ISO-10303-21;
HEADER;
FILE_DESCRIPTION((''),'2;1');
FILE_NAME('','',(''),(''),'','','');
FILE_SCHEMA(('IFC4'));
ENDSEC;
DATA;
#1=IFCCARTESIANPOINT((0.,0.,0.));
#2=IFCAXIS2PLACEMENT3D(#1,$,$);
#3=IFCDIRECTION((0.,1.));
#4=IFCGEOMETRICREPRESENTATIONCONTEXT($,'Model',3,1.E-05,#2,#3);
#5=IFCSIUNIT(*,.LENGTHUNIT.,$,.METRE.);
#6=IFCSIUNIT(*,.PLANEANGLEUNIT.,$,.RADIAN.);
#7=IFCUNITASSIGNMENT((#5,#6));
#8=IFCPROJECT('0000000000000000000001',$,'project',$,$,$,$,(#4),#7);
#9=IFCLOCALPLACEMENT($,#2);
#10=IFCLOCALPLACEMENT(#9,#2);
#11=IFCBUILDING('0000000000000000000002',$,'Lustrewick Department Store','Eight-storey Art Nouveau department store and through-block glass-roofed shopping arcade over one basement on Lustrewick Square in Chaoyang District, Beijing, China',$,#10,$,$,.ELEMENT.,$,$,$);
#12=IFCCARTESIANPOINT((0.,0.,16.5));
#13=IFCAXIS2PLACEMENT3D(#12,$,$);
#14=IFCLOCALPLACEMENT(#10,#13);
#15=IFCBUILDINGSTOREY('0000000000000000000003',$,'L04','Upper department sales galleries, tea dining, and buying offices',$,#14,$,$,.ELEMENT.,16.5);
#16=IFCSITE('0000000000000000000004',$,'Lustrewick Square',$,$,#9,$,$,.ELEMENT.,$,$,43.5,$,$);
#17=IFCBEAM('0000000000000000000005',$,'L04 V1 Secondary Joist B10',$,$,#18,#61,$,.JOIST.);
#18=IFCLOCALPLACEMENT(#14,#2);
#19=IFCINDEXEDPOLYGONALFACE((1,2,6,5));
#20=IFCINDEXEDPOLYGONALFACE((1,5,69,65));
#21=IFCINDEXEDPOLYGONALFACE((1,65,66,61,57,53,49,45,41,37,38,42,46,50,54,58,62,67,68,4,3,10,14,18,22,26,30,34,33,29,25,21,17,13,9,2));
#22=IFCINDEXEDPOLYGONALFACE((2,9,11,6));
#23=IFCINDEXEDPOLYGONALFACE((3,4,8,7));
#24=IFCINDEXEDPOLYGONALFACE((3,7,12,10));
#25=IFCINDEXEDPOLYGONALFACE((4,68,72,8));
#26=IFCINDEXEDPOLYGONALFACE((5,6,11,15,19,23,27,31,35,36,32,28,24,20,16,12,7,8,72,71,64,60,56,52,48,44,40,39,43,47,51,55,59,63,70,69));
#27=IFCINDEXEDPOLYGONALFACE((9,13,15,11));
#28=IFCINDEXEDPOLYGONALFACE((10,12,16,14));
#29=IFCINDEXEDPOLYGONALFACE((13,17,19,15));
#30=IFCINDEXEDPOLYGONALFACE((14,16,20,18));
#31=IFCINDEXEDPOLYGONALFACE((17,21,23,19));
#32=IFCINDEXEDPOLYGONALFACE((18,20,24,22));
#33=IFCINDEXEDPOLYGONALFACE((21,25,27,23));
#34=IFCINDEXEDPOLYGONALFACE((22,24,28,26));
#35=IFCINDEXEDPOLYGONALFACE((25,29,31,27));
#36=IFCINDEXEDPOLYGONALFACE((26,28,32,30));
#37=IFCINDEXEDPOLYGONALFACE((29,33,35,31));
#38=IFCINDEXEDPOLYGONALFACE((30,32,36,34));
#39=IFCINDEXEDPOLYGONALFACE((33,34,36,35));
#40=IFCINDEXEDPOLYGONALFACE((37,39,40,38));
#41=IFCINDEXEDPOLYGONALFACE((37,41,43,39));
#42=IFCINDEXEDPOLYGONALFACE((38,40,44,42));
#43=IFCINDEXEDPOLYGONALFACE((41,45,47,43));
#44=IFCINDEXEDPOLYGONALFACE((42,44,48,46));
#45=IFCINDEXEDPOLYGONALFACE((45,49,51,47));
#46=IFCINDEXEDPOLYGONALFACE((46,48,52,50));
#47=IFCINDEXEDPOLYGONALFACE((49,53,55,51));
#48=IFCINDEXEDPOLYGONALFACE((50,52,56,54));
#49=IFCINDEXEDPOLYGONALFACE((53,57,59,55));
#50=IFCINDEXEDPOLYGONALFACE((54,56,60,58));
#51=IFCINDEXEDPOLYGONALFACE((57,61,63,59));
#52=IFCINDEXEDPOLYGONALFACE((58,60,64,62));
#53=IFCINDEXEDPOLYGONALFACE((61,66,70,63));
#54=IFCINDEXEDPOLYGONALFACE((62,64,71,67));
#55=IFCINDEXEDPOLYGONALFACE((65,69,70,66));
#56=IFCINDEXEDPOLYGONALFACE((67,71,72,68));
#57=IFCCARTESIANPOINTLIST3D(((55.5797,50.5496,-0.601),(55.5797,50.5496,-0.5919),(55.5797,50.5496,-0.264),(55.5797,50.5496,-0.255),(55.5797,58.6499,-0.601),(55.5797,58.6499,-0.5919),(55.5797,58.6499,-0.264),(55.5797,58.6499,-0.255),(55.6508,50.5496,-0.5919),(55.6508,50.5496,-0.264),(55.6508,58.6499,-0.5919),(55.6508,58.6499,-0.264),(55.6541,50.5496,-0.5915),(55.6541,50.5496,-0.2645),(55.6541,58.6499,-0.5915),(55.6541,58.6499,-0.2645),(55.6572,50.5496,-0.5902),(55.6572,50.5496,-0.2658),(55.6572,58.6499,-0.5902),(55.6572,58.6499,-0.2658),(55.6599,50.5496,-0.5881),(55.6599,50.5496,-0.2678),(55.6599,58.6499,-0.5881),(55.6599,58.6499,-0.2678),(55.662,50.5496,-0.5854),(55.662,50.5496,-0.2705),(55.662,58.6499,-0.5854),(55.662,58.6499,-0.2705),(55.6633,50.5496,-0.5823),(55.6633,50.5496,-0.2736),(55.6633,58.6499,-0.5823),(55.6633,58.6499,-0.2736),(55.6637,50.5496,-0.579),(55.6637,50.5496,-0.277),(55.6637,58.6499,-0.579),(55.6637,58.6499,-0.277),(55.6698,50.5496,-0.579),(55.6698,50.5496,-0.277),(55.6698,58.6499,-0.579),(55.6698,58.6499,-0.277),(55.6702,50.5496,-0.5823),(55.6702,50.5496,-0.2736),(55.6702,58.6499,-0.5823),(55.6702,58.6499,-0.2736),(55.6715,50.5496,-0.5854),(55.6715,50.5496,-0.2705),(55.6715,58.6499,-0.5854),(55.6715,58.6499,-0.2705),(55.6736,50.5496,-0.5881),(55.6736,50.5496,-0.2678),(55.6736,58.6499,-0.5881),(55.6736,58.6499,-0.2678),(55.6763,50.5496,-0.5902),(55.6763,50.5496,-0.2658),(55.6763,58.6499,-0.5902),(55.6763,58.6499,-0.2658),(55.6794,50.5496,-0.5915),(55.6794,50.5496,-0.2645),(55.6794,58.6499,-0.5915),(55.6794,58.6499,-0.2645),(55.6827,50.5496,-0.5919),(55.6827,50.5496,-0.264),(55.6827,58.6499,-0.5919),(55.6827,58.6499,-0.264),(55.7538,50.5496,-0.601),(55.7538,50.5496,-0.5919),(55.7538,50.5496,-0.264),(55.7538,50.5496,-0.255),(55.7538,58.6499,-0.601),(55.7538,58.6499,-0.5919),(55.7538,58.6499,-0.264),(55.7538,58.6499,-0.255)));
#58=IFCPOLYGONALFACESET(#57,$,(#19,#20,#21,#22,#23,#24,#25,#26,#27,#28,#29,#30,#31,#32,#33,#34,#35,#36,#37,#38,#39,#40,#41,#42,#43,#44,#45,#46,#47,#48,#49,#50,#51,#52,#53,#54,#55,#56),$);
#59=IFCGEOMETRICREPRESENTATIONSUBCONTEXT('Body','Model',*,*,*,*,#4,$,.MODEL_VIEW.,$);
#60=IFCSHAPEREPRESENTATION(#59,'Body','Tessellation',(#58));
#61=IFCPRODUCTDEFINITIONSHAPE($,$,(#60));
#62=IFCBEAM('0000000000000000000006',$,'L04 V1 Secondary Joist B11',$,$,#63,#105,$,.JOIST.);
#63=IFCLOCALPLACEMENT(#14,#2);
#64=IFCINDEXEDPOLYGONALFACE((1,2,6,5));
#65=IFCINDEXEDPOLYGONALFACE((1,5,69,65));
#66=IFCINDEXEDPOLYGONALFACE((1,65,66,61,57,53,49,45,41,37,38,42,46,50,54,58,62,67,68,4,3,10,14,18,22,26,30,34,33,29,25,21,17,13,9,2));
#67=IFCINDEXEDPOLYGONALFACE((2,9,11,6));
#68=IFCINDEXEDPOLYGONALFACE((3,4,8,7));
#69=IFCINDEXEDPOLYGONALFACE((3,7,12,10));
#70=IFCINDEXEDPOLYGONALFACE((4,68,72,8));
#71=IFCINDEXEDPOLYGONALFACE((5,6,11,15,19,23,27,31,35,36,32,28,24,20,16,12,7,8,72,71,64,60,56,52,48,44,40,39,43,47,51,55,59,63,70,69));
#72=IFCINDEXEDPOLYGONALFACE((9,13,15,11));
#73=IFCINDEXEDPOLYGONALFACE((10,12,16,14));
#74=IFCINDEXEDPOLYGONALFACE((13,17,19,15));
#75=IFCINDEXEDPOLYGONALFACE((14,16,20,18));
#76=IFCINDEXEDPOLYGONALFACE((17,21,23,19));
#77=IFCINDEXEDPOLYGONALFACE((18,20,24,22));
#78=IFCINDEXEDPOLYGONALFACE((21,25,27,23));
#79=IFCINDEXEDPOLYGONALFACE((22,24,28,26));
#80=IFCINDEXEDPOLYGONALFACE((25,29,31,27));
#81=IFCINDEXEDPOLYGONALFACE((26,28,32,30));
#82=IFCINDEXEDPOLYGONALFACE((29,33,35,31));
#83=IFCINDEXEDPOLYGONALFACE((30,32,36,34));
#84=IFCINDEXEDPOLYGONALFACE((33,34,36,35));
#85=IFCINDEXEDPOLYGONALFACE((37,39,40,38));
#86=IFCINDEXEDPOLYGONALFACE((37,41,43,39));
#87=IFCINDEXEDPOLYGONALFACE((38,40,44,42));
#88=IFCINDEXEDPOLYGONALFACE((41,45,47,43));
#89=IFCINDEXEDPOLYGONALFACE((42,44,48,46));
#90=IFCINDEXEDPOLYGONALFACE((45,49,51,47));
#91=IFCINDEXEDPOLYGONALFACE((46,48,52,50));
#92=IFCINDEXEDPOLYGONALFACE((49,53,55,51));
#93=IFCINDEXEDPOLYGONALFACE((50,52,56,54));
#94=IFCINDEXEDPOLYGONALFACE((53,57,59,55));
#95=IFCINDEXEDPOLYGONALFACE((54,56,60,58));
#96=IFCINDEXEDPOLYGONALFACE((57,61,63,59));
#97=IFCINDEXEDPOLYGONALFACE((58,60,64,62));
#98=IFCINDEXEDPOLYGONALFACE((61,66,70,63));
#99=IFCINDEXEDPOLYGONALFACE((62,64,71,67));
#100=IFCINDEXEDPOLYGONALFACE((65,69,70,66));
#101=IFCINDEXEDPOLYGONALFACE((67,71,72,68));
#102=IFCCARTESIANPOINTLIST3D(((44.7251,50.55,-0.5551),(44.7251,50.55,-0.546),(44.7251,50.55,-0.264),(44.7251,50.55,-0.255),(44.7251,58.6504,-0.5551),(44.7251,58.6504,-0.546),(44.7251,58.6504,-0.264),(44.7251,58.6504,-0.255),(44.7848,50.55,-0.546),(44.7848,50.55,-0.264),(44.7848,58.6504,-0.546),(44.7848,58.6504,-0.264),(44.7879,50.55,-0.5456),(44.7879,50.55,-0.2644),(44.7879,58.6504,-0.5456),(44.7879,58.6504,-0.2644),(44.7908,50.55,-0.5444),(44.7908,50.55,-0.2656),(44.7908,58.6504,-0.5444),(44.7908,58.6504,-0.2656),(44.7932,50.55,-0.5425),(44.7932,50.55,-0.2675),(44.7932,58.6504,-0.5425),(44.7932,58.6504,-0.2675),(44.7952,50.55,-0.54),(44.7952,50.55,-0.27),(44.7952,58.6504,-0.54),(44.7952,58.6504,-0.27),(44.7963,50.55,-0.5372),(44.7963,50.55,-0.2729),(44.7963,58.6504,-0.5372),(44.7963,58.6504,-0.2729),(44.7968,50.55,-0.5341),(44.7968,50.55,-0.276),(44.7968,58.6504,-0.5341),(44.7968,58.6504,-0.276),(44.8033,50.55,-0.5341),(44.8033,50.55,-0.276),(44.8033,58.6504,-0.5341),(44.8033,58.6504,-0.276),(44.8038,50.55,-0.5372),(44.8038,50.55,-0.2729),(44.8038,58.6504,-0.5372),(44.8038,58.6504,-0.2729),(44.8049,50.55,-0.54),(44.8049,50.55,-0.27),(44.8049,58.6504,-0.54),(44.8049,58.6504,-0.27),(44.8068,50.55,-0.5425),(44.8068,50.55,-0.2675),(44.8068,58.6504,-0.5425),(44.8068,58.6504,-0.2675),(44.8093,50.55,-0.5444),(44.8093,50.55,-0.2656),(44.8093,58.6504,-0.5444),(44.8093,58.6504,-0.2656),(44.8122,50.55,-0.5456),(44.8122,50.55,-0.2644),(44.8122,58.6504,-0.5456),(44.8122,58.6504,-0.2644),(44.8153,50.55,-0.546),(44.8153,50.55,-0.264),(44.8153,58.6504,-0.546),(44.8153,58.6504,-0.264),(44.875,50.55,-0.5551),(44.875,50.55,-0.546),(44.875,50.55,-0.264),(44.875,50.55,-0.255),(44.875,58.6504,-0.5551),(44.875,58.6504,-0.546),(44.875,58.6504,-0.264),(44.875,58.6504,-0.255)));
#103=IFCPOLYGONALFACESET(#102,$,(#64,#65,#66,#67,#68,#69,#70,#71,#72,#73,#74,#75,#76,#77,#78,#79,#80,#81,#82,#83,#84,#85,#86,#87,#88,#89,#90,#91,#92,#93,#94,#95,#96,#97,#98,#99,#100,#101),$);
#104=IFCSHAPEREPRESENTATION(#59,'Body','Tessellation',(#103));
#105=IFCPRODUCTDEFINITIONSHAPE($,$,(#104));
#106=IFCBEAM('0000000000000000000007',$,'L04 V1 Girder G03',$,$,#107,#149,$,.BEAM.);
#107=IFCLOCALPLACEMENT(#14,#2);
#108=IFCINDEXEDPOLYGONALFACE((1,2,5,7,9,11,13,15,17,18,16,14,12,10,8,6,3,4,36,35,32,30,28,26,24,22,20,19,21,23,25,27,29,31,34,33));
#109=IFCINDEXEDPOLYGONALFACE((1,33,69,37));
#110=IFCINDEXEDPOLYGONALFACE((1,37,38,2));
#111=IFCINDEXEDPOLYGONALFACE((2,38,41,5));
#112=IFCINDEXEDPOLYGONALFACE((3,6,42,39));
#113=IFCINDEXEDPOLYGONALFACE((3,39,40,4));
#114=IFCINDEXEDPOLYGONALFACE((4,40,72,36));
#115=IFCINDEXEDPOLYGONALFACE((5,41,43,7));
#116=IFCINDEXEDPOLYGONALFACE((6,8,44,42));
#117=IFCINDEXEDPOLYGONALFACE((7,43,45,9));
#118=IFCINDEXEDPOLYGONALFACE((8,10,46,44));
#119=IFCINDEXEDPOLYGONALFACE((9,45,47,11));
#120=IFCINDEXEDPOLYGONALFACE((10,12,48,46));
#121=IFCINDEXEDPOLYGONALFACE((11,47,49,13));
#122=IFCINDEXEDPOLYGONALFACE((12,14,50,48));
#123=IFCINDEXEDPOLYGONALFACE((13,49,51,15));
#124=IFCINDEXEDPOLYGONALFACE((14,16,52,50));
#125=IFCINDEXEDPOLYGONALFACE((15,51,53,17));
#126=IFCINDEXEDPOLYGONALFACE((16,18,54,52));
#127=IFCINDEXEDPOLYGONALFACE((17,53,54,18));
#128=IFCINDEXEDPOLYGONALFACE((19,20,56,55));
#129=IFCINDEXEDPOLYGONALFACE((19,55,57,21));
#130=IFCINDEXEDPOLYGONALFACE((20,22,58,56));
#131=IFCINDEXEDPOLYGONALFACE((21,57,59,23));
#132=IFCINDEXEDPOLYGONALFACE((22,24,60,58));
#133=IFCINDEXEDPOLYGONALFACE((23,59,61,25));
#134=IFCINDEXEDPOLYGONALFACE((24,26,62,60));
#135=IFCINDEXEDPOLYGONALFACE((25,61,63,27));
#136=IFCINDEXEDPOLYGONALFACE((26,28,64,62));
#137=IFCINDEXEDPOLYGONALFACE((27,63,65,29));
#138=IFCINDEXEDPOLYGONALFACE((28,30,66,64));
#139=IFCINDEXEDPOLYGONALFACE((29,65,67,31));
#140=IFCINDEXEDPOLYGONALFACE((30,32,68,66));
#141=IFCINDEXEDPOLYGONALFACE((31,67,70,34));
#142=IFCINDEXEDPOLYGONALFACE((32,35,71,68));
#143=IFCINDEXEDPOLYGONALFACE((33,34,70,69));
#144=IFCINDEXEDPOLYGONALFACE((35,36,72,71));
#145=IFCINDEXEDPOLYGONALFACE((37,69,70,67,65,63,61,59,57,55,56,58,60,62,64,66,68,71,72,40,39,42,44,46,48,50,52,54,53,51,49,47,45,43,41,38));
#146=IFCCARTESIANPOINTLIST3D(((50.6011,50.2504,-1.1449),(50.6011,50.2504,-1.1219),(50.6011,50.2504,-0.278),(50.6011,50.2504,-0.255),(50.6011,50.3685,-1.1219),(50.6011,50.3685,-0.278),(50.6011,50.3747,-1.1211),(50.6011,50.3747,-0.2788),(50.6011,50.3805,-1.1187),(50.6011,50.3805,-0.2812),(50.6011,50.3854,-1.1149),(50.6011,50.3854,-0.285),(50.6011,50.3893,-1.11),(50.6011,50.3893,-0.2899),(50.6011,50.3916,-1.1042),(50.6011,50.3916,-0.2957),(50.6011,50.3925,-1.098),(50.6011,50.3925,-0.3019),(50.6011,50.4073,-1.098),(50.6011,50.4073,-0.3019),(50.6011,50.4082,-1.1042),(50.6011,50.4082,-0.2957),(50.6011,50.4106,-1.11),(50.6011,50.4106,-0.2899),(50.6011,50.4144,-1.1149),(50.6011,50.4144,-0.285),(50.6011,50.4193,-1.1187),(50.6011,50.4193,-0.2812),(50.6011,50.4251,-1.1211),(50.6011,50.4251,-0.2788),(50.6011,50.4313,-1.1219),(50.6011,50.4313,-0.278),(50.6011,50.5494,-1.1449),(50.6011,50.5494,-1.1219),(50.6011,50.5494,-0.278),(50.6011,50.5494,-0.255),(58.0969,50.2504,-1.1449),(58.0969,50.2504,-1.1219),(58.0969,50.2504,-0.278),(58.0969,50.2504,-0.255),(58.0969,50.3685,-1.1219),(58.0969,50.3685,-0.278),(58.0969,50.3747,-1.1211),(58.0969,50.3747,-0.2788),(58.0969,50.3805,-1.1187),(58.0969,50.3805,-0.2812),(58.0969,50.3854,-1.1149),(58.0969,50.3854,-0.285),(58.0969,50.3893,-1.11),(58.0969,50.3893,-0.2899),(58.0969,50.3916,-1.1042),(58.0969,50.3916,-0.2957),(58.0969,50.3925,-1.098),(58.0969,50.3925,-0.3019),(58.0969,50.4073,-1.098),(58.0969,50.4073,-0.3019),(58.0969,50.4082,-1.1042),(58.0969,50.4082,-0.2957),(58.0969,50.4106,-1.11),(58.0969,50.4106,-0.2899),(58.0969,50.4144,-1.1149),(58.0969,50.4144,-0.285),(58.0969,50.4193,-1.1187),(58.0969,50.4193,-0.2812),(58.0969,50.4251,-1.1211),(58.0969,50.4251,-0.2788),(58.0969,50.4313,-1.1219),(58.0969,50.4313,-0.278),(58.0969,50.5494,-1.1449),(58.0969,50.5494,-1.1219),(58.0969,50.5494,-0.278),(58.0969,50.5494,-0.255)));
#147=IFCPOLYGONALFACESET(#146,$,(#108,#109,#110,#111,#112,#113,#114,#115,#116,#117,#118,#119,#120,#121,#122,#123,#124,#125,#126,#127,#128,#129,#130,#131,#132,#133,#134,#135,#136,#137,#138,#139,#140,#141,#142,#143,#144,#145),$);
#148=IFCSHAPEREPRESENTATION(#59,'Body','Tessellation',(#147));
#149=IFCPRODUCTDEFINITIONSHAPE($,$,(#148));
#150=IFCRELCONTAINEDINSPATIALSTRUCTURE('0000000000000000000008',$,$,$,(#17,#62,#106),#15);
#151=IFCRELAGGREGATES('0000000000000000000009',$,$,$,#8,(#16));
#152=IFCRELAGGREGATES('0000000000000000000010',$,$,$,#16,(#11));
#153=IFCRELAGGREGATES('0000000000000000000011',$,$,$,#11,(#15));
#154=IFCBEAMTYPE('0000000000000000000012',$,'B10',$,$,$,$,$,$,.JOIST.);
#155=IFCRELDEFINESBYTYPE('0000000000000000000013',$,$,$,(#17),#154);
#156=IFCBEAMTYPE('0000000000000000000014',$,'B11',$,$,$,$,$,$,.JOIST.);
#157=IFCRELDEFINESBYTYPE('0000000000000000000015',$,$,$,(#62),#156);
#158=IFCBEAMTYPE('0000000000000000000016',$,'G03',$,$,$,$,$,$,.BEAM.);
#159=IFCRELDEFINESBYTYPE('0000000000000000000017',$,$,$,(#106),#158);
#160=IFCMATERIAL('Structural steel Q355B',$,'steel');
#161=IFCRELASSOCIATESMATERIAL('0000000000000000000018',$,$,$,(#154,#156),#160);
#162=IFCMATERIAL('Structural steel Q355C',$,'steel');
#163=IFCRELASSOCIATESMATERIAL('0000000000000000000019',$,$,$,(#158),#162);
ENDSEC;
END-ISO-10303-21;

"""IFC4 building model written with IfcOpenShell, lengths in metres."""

from ifc_helpers import new_model, si_unit, direction, frame, origin, origin_2d, place, context, subcontext, project, spatial, i_section, extrude, material, material_profile, profile_set, type_object, element, save


model = new_model("IFC4")

# Units and contexts
model_context = context("Model", 3, precision=1e-05, world=origin(), true_north=direction((0.0, 1.0)))
body_context = subcontext(model_context, "Body", "Model", "MODEL_VIEW")
ifc_project = project(units=[si_unit("LENGTHUNIT", "METRE"), si_unit("PLANEANGLEUNIT", "RADIAN")], contexts=[model_context])

# Site, building, storey
site_placement = place(None, origin())
site = spatial("IfcSite", under=ifc_project, at=site_placement, Name="Lustrewick Square", CompositionType="ELEMENT", RefElevation=43.5)
building_placement = place(site_placement, origin())
building = spatial("IfcBuilding", under=site, at=building_placement, Name="Lustrewick Department Store", Description="Eight-storey Art Nouveau department store and through-block glass-roofed shopping arcade over one basement on Lustrewick Square in Chaoyang District, Beijing, China", CompositionType="ELEMENT")
storey_placement = place(building_placement, frame((0.0, 0.0, 16.5)))
storey = spatial("IfcBuildingStorey", under=building, at=storey_placement, Name="L04", Description="Upper department sales galleries, tea dining, and buying offices", CompositionType="ELEMENT", Elevation=16.5)

# Shared definitions
ifc_material_1 = material(Name="Structural steel Q355C", Category="steel")
ifc_material_2 = material(Name="Structural steel Q355B", Category="steel")

# Beams
ifc_material_profile_1 = material_profile(ifc_material_2, i_section(OverallWidth=0.1741, OverallDepth=0.3459, WebThickness=0.0061, FlangeThickness=0.009, FilletRadius=0.0129, at=origin_2d()), Name="HN 346x174x6x9")
ifc_profile_set_1 = profile_set([ifc_material_profile_1], Name="Structural steel Q355B")
beam_type_1 = type_object("IfcBeamType", Name="B10", PredefinedType="JOIST", material=ifc_profile_set_1)
beam_1_placement = place(storey_placement, frame((55.6667, 50.5496, -0.428), z_axis=(0.0, 1.0, 0.0), x_axis=(-1.0, 0.0, 0.0)))
element("IfcBeam", 1, at=beam_1_placement, inside=storey, type_object=beam_type_1, Name="L04 V1 Secondary Joist B10", PredefinedType="JOIST", context=body_context, shape_type="SweptSolid", body=[
    extrude(i_section(OverallWidth=0.1741, OverallDepth=0.3459, WebThickness=0.0061, FlangeThickness=0.009, FilletRadius=0.0129, at=origin_2d()), origin(), (0.0, 0.0, 1.0), 8.1003),
])
ifc_material_profile_2 = material_profile(ifc_material_2, i_section(OverallWidth=0.1499, OverallDepth=0.3, WebThickness=0.0066, FlangeThickness=0.009, FilletRadius=0.012, at=origin_2d()), Name="HN 300x150x6.5x9")
ifc_profile_set_2 = profile_set([ifc_material_profile_2], Name="Structural steel Q355B")
beam_type_2 = type_object("IfcBeamType", Name="B11", PredefinedType="JOIST", material=ifc_profile_set_2)
beam_2_placement = place(storey_placement, frame((44.8, 50.55, -0.405), z_axis=(0.0, 1.0, 0.0), x_axis=(-1.0, 0.0, 0.0)))
element("IfcBeam", 2, at=beam_2_placement, inside=storey, type_object=beam_type_2, Name="L04 V1 Secondary Joist B11", PredefinedType="JOIST", context=body_context, shape_type="SweptSolid", body=[
    extrude(i_section(OverallWidth=0.1499, OverallDepth=0.3, WebThickness=0.0066, FlangeThickness=0.009, FilletRadius=0.012, at=origin_2d()), origin(), (0.0, 0.0, 1.0), 8.1003),
])
ifc_material_profile_3 = material_profile(ifc_material_1, i_section(OverallWidth=0.2991, OverallDepth=0.8899, WebThickness=0.0149, FlangeThickness=0.0229, FilletRadius=0.0239, at=origin_2d()), Name="HN 890x299x15x23")
ifc_profile_set_3 = profile_set([ifc_material_profile_3], Name="Structural steel Q355C")
beam_type_3 = type_object("IfcBeamType", Name="G03", PredefinedType="BEAM", material=ifc_profile_set_3)
beam_3_placement = place(storey_placement, frame((50.6011, 50.3999, -0.7), z_axis=(1.0, 0.0, 0.0), x_axis=(0.0, 1.0, 0.0)))
element("IfcBeam", 3, at=beam_3_placement, inside=storey, type_object=beam_type_3, Name="L04 V1 Girder G03", PredefinedType="BEAM", context=body_context, shape_type="SweptSolid", body=[
    extrude(i_section(OverallWidth=0.2991, OverallDepth=0.8899, WebThickness=0.0149, FlangeThickness=0.0229, FilletRadius=0.0239, at=origin_2d()), origin(), (0.0, 0.0, 1.0), 7.4958),
])

save(model, "model.ifc")
